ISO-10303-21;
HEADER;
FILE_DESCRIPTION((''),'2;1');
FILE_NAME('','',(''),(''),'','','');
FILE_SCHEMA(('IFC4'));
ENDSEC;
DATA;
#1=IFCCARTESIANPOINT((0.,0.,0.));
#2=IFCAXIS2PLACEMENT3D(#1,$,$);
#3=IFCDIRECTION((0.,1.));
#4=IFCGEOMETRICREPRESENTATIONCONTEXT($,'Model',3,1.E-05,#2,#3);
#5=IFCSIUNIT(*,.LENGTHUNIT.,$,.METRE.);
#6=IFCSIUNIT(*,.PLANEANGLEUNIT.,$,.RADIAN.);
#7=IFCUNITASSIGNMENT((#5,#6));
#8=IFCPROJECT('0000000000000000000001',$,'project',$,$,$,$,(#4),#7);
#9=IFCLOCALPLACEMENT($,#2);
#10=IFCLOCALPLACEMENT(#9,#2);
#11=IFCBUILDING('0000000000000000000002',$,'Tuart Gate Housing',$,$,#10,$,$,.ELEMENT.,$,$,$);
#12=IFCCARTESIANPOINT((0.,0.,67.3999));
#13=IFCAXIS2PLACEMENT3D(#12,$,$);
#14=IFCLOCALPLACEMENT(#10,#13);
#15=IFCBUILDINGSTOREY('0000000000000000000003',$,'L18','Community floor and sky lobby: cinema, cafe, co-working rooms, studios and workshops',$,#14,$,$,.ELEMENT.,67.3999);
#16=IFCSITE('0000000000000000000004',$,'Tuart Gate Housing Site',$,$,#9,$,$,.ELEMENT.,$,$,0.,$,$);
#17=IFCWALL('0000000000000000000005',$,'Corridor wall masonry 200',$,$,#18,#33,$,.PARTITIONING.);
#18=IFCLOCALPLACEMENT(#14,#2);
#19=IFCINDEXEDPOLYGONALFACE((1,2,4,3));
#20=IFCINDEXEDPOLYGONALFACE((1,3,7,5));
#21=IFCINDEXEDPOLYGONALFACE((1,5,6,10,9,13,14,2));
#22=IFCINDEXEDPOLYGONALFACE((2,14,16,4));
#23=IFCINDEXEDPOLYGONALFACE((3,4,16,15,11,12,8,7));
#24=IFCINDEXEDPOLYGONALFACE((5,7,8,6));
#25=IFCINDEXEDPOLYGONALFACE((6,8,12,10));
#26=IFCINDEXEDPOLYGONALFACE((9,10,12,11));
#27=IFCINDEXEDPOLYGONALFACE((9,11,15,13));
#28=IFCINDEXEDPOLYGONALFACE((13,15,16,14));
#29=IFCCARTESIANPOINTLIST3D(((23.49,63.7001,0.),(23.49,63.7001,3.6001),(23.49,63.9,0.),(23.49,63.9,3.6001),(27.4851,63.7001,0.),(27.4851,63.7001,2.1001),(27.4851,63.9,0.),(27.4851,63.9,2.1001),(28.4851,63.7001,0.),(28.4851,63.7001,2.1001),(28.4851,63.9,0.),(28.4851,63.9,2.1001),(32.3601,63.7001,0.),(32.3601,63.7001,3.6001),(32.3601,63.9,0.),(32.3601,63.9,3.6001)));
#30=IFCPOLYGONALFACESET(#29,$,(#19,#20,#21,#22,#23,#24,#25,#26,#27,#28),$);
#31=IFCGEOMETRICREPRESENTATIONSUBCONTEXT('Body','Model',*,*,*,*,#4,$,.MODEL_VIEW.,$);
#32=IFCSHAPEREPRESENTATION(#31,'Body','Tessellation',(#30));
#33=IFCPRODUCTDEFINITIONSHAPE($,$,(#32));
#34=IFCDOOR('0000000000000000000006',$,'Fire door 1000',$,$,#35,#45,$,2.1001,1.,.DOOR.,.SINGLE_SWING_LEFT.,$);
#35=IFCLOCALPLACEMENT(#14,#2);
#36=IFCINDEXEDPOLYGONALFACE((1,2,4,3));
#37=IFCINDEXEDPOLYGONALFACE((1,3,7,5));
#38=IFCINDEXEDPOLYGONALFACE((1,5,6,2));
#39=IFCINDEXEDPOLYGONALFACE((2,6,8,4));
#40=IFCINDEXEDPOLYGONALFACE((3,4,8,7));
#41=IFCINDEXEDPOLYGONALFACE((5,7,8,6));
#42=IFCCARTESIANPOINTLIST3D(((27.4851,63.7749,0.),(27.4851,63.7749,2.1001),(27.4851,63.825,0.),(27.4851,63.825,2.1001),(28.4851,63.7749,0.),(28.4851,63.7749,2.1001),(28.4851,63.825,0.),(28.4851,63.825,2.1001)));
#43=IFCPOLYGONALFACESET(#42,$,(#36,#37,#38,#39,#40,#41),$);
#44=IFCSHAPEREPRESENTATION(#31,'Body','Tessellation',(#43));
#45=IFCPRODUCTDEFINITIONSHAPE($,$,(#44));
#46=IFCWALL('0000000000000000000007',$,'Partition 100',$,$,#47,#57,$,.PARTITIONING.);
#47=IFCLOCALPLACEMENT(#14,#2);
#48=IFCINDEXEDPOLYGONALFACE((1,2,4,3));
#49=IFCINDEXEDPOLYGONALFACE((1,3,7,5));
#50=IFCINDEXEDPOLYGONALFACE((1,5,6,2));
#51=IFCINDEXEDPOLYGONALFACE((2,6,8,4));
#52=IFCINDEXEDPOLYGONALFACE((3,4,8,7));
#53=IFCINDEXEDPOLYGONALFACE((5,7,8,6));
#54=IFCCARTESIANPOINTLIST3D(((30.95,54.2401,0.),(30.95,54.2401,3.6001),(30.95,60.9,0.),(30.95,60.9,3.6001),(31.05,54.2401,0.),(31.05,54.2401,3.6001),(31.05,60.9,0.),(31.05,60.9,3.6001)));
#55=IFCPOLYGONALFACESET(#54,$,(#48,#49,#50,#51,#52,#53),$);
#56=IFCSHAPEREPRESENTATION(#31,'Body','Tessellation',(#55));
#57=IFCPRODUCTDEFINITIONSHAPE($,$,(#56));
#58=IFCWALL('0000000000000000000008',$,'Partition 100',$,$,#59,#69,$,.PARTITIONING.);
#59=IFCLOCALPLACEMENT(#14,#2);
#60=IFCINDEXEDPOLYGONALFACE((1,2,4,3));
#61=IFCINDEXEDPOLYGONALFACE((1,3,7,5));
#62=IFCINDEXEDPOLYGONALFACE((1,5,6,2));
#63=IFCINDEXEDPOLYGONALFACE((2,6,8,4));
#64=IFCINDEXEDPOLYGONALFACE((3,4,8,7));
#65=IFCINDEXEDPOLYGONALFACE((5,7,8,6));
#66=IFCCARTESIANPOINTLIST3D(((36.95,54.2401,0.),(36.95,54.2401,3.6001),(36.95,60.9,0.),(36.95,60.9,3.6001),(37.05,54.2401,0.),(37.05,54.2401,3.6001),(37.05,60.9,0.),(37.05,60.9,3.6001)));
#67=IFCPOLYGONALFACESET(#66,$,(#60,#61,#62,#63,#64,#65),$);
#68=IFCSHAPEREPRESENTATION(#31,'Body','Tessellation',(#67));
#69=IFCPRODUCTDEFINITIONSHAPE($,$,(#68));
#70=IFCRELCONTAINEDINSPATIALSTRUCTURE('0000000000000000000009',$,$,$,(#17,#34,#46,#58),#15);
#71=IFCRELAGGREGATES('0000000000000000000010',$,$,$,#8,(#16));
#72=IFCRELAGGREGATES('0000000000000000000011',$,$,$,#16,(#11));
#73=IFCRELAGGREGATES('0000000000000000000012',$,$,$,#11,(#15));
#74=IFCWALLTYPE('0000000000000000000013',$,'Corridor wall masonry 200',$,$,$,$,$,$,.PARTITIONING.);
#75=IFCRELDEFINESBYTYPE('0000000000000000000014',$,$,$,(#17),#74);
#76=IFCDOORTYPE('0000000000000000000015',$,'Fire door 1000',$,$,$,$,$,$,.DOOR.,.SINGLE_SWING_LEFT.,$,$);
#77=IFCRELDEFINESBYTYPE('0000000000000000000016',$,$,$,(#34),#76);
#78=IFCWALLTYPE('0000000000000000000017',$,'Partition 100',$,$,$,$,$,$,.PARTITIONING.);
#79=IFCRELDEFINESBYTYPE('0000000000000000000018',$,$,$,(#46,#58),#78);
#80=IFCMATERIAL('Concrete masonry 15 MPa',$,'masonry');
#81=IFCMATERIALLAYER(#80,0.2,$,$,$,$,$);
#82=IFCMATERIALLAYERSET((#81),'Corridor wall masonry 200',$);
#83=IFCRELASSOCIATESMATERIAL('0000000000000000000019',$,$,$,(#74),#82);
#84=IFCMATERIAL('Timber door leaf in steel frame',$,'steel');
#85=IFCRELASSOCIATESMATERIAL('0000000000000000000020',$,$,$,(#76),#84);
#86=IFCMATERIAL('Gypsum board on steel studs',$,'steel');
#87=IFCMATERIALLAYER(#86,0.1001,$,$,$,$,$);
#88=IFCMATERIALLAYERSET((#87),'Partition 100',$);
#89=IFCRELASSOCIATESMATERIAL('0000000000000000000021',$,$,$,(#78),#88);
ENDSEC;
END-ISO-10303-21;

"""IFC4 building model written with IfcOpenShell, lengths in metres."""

from ifc_helpers import new_model, si_unit, direction, frame, frame_2d, origin, place, context, subcontext, project, spatial, rectangle, extrude, material, layer, layer_set, type_object, element, fill, save


model = new_model("IFC4")

# Units and contexts
model_context = context("Model", 3, precision=1e-05, world=origin(), true_north=direction((0.0, 1.0)))
body_context = subcontext(model_context, "Body", "Model", "MODEL_VIEW")
ifc_project = project(units=[si_unit("LENGTHUNIT", "METRE"), si_unit("PLANEANGLEUNIT", "RADIAN")], contexts=[model_context])

# Site, building, storey
site_placement = place(None, origin())
site = spatial("IfcSite", under=ifc_project, at=site_placement, Name="Tuart Gate Housing Site", CompositionType="ELEMENT", RefElevation=0.0)
building_placement = place(site_placement, origin())
building = spatial("IfcBuilding", under=site, at=building_placement, Name="Tuart Gate Housing", CompositionType="ELEMENT")
storey_placement = place(building_placement, frame((0.0, 0.0, 67.3999)))
storey = spatial("IfcBuildingStorey", under=building, at=storey_placement, Name="L18", Description="Community floor and sky lobby: cinema, cafe, co-working rooms, studios and workshops", CompositionType="ELEMENT", Elevation=67.3999)

# Shared definitions
ifc_material_1 = material(Name="Concrete masonry 15 MPa", Category="masonry")
ifc_layer_1 = layer(ifc_material_1, 0.2)
ifc_layer_set_1 = layer_set([ifc_layer_1], Name="Corridor wall masonry 200")
wall_type_1 = type_object("IfcWallType", Name="Corridor wall masonry 200", PredefinedType="PARTITIONING", material=ifc_layer_set_1)
ifc_material_2 = material(Name="Timber door leaf in steel frame", Category="steel")
door_type_1 = type_object("IfcDoorType", Name="Fire door 1000", OperationType="SINGLE_SWING_LEFT", PredefinedType="DOOR", material=ifc_material_2)

# Wall, opening, door
wall_1_placement = place(storey_placement, frame((23.49, 63.8, 0.0), z_axis=(0.0, 0.0, 1.0), x_axis=(1.0, 0.0, 0.0)))
wall_1 = element("IfcWall", 1, at=wall_1_placement, inside=storey, type_object=wall_type_1, Name="Corridor wall masonry 200", PredefinedType="PARTITIONING", context=body_context, shape_type="SweptSolid", body=[
    extrude(rectangle(XDim=8.8701, YDim=0.2, at=frame_2d((4.4351, 0.0))), origin(), (0.0, 0.0, 1.0), 3.6001),
])
opening_1_placement = place(wall_1_placement, frame((3.9951, 0.0, 0.0)))
opening_1 = element("IfcOpeningElement", 2, at=opening_1_placement, cuts=wall_1, PredefinedType="OPENING", context=body_context, shape_type="SweptSolid", body=[
    extrude(rectangle(XDim=1.0, YDim=2.1001, at=frame_2d((0.5, 1.05))), frame((0.0, 0.1099, 0.0), z_axis=(0.0, -1.0, 0.0), x_axis=(1.0, 0.0, 0.0)), (0.0, 0.0, 1.0), 0.22),
])
door_1_placement = place(opening_1_placement, origin())
door_1 = element("IfcDoor", 3, at=door_1_placement, inside=storey, type_object=door_type_1, Name="Fire door 1000", OperationType="SINGLE_SWING_LEFT", OverallHeight=2.1001, OverallWidth=1.0, PredefinedType="DOOR", context=body_context, shape_type="SweptSolid", body=[
    extrude(rectangle(XDim=1.0, YDim=2.1001, at=frame_2d((0.5, 1.05))), frame((0.0, 0.0249, 0.0), z_axis=(0.0, -1.0, 0.0), x_axis=(1.0, 0.0, 0.0)), (0.0, 0.0, 1.0), 0.05),
])
fill(opening_1, door_1)

# Walls
ifc_material_3 = material(Name="Gypsum board on steel studs", Category="steel")
ifc_layer_2 = layer(ifc_material_3, 0.1001)
ifc_layer_set_2 = layer_set([ifc_layer_2], Name="Partition 100")
wall_type_2 = type_object("IfcWallType", Name="Partition 100", PredefinedType="PARTITIONING", material=ifc_layer_set_2)
for number, where, z_axis, x_axis, name in (
    (4, (31.0, 54.24, 0.0), (0.0, 0.0, 1.0), (0.0, 1.0, 0.0), "Partition 100"),
    (5, (37.0, 54.24, 0.0), (0.0, 0.0, 1.0), (0.0, 1.0, 0.0), "Partition 100"),
):
    element("IfcWall", number, at=place(storey_placement, frame(where, z_axis=z_axis, x_axis=x_axis)), inside=storey, type_object=wall_type_2, Name=name, PredefinedType="PARTITIONING", context=body_context, shape_type="SweptSolid", body=[
        extrude(rectangle(XDim=6.6599, YDim=0.1001, at=frame_2d((3.3301, 0.0))), origin(), (0.0, 0.0, 1.0), 3.6001),
    ])

save(model, "model.ifc")
